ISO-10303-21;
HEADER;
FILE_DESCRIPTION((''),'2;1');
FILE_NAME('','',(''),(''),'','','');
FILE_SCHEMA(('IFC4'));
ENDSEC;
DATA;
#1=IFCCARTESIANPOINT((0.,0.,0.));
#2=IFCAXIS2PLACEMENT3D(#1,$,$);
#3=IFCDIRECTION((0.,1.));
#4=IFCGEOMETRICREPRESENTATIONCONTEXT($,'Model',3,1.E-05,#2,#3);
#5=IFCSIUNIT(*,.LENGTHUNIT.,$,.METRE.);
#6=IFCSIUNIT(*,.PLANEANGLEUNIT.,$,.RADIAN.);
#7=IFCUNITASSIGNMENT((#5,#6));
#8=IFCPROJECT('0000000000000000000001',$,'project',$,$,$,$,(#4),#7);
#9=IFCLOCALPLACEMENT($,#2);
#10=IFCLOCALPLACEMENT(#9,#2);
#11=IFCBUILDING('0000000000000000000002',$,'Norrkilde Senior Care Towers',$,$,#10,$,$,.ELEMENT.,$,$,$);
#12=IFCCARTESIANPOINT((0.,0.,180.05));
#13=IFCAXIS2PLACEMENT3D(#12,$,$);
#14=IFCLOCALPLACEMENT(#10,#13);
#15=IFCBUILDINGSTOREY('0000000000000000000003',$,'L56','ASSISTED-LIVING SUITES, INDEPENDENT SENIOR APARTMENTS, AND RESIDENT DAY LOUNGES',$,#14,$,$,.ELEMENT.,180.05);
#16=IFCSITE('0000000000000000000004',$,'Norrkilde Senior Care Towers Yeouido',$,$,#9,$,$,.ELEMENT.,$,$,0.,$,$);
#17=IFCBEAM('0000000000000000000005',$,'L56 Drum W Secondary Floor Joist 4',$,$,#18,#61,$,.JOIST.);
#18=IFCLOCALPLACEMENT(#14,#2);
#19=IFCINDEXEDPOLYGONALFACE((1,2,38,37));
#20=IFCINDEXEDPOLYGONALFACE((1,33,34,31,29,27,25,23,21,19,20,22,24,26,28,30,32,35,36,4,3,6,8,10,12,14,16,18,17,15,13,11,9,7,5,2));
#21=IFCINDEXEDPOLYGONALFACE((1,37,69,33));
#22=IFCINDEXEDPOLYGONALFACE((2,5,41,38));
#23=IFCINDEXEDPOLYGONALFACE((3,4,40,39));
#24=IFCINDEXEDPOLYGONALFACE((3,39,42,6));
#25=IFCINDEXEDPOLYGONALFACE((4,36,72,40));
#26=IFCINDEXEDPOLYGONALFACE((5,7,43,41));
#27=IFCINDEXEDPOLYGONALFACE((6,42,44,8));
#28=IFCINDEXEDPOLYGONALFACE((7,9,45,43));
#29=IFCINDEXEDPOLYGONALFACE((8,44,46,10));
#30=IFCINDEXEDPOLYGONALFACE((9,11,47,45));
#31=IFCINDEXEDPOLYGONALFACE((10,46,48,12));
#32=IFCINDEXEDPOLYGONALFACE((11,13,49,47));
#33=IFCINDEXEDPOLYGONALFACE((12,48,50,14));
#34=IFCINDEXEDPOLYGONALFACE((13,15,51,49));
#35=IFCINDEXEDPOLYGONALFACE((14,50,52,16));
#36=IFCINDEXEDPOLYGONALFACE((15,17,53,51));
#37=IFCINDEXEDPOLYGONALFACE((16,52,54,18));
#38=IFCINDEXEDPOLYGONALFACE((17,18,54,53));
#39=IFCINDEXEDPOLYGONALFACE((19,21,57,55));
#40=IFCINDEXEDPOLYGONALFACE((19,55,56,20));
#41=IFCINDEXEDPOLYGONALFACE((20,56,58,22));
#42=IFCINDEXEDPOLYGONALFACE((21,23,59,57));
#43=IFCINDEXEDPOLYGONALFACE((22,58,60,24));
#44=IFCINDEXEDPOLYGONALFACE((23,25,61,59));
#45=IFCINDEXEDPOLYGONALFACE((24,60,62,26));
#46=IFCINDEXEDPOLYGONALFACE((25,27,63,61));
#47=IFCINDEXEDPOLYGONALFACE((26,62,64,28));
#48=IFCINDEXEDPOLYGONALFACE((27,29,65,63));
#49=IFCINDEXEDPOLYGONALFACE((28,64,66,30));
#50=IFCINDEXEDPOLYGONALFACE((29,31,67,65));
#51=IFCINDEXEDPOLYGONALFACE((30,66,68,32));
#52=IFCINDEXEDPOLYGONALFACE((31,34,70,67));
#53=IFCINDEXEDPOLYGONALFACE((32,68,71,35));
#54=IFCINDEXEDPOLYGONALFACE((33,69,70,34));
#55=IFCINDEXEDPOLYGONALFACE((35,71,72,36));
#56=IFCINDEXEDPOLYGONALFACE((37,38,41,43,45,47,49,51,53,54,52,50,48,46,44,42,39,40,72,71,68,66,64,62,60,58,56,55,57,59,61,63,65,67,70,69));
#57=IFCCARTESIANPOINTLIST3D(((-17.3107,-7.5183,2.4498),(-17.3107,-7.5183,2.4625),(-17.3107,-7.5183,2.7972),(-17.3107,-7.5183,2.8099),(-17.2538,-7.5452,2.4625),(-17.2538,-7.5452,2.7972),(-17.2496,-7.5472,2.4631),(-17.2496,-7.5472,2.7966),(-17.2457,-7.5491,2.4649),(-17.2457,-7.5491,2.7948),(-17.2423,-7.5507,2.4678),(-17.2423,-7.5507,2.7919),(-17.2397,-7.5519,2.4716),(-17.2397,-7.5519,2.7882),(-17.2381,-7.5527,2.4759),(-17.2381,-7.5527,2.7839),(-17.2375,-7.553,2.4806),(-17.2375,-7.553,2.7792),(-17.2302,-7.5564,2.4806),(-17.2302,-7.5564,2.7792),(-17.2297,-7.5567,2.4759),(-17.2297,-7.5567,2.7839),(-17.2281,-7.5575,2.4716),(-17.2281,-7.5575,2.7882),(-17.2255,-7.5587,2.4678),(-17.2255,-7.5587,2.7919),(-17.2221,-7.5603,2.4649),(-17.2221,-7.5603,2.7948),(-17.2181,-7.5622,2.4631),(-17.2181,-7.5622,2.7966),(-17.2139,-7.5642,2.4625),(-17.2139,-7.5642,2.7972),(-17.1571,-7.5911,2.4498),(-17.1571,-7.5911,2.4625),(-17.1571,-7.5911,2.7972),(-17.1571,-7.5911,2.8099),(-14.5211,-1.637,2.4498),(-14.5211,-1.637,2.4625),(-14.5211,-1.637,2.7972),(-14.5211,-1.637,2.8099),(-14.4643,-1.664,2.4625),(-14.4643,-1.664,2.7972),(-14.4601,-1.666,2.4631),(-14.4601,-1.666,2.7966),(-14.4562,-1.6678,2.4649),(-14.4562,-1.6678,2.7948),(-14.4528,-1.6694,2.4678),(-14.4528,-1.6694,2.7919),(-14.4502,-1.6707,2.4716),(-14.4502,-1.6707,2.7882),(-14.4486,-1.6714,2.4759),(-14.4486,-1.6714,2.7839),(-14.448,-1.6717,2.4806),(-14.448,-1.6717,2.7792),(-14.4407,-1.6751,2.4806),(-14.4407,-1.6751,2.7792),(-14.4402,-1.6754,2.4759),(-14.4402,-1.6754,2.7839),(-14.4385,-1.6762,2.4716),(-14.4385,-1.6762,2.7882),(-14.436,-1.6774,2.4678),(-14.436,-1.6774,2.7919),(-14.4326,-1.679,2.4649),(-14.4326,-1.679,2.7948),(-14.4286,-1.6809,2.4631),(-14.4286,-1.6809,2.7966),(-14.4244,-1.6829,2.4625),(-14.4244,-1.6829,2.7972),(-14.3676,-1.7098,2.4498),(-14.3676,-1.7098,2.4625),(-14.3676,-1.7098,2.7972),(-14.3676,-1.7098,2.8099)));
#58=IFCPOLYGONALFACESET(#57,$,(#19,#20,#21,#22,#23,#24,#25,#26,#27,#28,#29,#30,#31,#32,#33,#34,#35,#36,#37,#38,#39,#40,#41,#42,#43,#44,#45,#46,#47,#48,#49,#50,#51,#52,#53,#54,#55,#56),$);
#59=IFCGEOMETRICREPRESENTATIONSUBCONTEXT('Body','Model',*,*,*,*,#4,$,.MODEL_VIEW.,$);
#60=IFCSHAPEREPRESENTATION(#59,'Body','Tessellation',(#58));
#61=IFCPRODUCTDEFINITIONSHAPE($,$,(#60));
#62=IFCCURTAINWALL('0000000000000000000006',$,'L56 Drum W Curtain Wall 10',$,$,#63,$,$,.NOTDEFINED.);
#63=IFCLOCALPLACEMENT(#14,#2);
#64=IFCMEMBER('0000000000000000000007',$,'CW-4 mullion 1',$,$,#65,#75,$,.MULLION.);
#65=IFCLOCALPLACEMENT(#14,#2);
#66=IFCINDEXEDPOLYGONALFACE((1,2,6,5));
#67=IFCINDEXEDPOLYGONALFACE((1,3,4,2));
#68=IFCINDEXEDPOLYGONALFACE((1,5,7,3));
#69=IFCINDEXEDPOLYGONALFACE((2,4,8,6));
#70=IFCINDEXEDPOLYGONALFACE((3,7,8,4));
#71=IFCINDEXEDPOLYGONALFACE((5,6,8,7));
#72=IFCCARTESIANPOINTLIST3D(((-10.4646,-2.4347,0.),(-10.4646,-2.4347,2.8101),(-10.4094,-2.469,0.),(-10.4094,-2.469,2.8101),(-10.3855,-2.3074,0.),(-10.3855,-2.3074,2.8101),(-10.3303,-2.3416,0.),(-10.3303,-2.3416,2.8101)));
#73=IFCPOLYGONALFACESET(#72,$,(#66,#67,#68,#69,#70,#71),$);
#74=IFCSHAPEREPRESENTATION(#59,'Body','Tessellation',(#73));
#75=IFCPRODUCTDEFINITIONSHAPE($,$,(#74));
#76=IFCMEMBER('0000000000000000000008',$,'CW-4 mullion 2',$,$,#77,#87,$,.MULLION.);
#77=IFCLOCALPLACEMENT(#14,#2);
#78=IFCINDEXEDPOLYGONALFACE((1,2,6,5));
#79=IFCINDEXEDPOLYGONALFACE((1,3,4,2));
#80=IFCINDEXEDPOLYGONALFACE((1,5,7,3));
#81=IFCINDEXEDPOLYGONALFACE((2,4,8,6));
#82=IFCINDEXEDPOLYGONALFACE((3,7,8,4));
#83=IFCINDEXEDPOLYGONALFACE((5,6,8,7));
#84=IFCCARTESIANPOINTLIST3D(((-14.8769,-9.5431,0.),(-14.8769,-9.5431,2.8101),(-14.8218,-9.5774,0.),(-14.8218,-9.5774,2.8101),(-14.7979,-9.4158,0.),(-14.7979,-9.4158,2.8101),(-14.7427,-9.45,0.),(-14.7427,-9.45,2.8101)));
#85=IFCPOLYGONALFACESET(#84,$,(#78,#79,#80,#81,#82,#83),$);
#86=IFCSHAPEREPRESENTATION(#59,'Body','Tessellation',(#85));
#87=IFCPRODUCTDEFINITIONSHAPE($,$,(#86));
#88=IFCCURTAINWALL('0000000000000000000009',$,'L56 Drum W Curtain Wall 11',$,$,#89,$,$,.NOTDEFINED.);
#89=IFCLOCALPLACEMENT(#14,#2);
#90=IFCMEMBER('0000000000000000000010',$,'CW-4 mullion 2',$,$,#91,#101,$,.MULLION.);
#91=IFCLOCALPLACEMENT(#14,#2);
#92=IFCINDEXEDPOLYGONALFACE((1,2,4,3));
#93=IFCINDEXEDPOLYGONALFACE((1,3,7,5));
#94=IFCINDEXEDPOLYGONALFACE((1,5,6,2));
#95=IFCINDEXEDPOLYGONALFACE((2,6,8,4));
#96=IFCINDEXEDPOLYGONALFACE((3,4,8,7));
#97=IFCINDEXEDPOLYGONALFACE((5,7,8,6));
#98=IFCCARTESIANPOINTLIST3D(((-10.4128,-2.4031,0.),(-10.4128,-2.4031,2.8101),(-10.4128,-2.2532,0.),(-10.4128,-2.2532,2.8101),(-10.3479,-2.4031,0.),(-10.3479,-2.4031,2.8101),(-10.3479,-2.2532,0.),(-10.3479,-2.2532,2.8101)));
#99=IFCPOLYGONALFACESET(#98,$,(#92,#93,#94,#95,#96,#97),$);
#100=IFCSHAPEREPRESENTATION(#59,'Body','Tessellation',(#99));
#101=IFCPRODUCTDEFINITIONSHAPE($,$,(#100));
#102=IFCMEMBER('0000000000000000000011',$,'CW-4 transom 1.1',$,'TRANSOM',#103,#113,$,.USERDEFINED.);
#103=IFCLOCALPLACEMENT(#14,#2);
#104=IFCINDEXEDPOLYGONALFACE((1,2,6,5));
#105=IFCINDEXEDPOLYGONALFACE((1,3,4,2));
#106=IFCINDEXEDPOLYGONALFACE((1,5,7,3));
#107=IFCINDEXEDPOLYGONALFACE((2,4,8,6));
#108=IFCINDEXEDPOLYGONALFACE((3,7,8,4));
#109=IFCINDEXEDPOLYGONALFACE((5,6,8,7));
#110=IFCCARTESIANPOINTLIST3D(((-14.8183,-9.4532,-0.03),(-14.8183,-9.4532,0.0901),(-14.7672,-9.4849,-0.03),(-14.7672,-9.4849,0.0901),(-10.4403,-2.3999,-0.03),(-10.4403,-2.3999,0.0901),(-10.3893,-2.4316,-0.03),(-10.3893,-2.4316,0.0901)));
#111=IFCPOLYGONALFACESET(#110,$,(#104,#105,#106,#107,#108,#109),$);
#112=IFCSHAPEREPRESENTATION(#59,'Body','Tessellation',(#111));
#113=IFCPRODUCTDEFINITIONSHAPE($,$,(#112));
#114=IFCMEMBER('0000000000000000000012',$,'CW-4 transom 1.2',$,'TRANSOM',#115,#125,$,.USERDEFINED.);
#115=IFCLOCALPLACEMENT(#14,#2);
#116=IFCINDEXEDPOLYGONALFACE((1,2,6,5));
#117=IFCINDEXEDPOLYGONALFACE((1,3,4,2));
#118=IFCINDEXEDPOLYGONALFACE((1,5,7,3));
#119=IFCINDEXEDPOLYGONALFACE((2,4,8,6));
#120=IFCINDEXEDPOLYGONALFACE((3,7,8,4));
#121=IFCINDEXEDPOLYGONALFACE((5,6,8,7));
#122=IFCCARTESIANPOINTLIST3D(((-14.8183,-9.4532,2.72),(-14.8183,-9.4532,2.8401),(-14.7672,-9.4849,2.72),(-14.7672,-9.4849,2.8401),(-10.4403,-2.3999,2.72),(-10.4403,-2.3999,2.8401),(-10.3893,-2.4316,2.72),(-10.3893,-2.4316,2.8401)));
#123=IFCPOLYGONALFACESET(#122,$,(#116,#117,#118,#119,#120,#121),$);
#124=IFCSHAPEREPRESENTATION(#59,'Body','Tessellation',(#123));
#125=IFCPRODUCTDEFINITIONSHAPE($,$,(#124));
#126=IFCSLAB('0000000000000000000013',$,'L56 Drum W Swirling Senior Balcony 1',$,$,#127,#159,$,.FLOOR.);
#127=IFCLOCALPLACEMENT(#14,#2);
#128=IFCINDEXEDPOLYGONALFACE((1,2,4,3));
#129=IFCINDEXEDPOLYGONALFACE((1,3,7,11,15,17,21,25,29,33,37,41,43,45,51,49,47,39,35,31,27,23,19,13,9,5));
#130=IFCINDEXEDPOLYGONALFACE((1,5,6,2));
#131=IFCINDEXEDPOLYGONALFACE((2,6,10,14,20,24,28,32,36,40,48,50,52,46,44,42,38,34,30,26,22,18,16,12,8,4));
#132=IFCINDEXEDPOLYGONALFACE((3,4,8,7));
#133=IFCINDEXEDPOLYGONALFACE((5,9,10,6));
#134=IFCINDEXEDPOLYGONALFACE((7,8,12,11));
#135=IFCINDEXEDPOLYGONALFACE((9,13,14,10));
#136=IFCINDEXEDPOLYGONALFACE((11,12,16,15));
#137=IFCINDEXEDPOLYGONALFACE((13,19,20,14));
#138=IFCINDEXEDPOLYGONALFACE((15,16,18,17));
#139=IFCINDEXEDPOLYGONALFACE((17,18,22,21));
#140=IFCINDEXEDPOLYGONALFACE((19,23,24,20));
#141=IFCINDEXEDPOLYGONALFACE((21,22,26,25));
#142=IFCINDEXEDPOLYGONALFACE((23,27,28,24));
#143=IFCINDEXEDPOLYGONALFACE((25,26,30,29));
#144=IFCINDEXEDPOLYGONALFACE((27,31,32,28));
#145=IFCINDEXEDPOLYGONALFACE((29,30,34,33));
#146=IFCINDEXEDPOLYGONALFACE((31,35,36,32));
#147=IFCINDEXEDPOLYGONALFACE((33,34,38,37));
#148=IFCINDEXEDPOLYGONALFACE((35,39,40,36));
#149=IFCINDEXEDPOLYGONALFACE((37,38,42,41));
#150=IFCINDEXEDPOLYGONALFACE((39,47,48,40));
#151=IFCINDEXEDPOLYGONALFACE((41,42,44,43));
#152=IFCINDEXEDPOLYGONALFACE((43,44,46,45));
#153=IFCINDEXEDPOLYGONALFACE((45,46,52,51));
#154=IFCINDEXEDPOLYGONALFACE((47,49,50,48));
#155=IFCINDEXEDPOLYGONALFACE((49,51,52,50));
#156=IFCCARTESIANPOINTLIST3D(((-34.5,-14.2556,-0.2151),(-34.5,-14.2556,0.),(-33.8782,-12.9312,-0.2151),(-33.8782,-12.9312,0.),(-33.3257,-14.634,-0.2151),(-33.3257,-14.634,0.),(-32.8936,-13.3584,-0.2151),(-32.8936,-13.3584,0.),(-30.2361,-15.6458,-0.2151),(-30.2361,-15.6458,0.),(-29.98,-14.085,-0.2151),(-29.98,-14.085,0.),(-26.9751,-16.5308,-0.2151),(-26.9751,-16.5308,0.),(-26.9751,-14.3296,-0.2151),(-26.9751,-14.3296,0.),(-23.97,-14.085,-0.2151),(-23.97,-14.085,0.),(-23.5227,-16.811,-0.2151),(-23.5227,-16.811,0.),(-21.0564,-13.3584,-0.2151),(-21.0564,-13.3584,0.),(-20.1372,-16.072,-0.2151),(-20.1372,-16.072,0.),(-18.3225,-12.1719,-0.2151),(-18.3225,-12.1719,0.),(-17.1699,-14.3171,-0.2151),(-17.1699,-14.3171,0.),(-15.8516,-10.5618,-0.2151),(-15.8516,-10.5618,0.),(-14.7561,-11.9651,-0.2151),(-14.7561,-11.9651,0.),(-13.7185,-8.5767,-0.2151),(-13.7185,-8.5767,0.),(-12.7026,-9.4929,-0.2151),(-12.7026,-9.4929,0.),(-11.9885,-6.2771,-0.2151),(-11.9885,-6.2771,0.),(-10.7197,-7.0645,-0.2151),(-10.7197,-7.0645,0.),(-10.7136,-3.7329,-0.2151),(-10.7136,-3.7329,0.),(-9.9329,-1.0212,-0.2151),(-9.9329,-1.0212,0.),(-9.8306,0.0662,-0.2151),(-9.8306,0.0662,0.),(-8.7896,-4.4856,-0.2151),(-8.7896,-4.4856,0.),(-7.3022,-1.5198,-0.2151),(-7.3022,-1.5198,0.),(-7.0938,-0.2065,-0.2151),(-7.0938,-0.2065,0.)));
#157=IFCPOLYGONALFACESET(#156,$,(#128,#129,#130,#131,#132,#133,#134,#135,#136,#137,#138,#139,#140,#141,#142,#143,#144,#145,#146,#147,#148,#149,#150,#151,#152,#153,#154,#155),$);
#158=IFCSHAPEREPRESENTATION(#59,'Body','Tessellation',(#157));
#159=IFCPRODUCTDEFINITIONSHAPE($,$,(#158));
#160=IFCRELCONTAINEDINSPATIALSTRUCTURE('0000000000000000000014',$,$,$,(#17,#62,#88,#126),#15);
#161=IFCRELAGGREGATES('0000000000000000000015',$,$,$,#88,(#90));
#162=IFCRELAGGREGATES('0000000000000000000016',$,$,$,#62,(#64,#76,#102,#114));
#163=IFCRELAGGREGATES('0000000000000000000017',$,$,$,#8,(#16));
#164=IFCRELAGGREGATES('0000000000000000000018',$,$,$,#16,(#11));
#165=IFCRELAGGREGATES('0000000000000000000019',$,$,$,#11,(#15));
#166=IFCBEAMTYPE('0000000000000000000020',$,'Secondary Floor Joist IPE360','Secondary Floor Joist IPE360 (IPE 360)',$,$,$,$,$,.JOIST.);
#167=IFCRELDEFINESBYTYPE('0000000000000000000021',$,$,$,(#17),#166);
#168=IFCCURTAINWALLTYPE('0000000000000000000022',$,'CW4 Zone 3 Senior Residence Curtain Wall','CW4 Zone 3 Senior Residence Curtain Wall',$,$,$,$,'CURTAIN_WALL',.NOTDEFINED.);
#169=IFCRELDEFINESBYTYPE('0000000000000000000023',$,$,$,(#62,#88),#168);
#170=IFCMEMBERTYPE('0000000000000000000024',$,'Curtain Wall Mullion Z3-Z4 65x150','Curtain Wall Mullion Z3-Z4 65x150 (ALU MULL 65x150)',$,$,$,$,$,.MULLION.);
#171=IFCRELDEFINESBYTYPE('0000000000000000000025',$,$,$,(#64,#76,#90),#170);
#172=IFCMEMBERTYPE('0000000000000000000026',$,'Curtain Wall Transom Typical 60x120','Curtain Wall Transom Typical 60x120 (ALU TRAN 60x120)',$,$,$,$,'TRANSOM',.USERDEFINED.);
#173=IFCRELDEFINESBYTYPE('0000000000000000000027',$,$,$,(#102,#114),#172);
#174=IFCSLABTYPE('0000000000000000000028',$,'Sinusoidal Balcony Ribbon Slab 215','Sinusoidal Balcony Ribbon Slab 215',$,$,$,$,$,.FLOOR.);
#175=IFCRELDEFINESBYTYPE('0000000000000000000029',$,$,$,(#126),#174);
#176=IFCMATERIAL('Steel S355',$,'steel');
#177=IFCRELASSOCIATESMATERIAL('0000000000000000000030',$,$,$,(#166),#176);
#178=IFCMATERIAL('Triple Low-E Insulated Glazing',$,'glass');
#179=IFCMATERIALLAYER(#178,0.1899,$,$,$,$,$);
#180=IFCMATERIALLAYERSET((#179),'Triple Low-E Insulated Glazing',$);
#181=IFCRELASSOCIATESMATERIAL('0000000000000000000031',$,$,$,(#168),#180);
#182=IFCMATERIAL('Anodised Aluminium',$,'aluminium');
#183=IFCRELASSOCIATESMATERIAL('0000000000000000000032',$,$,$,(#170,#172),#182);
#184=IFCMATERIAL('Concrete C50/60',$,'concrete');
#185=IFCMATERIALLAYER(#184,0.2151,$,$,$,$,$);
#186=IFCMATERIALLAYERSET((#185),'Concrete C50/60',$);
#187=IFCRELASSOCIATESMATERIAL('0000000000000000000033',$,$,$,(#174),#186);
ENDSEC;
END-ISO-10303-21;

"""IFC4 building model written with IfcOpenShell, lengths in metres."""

from ifc_helpers import new_model, si_unit, direction, frame, origin, origin_2d, place, context, subcontext, project, spatial, polyline, rectangle, i_section, outline, extrude, source, transform, mapped, material, layer, layer_set, material_profile, profile_set, type_object, type_shapes, element, aggregate, save


model = new_model("IFC4")

# Units and contexts
model_context = context("Model", 3, precision=1e-05, world=origin(), true_north=direction((0.0, 1.0)))
body_context = subcontext(model_context, "Body", "Model", "MODEL_VIEW")
ifc_project = project(units=[si_unit("LENGTHUNIT", "METRE"), si_unit("PLANEANGLEUNIT", "RADIAN")], contexts=[model_context])

# Site, building, storey
site_placement = place(None, origin())
site = spatial("IfcSite", under=ifc_project, at=site_placement, Name="Norrkilde Senior Care Towers Yeouido", CompositionType="ELEMENT", RefElevation=0.0)
building_placement = place(site_placement, origin())
building = spatial("IfcBuilding", under=site, at=building_placement, Name="Norrkilde Senior Care Towers", CompositionType="ELEMENT")
storey_placement = place(building_placement, frame((0.0, 0.0, 180.05)))
storey = spatial("IfcBuildingStorey", under=building, at=storey_placement, Name="L56", Description="ASSISTED-LIVING SUITES, INDEPENDENT SENIOR APARTMENTS, AND RESIDENT DAY LOUNGES", CompositionType="ELEMENT", Elevation=180.05)

# Shared definitions
ifc_material_1 = material(Name="Concrete C50/60", Category="concrete")

# Beam
ifc_material_2 = material(Name="Steel S355", Category="steel")
ifc_material_profile_1 = material_profile(ifc_material_2, i_section(OverallWidth=0.1699, OverallDepth=0.3601, WebThickness=0.0081, FlangeThickness=0.0127, FilletRadius=0.0181, at=origin_2d()), Name="IPE 360")
ifc_profile_set_1 = profile_set([ifc_material_profile_1], Name="Steel S355")
beam_type_1 = type_object("IfcBeamType", Name="Secondary Floor Joist IPE360", Description="Secondary Floor Joist IPE360 (IPE 360)", PredefinedType="JOIST", material=ifc_profile_set_1)
shared_shape_1 = source(origin(), body_context, "Body", "SweptSolid", [
    extrude(i_section(OverallWidth=0.1699, OverallDepth=0.3601, WebThickness=0.0081, FlangeThickness=0.0127, FilletRadius=0.0181, at=origin_2d()), origin(), (0.0, 0.0, 1.0), 6.5093),
])
type_shapes(beam_type_1, [shared_shape_1])
beam_1_placement = place(storey_placement, frame((-17.2339, -7.5547, 2.6299), z_axis=(0.428544, 0.903521, 0.0), x_axis=(-0.903521, 0.428544, 0.0)))
element("IfcBeam", 1, at=beam_1_placement, inside=storey, type_object=beam_type_1, Name="L56 Drum W Secondary Floor Joist 4", PredefinedType="JOIST", context=body_context, shape_type="MappedRepresentation", body=[
    mapped(shared_shape_1, transform((0.0, 0.0, 0.0), x_axis=(1.0, 0.0, 0.0), y_axis=(0.0, 1.0, 0.0), z_axis=(0.0, 0.0, 1.0), scale=1.0)),
])

# Curtain wall, members
ifc_material_3 = material(Name="Triple Low-E Insulated Glazing", Category="glass")
ifc_layer_1 = layer(ifc_material_3, 0.1899)
ifc_layer_set_1 = layer_set([ifc_layer_1], Name="Triple Low-E Insulated Glazing")
curtain_wall_type = type_object("IfcCurtainWallType", Name="CW4 Zone 3 Senior Residence Curtain Wall", Description="CW4 Zone 3 Senior Residence Curtain Wall", ElementType="CURTAIN_WALL", PredefinedType="NOTDEFINED", material=ifc_layer_set_1)
curtain_wall_1_placement = place(storey_placement, origin())
curtain_wall_1 = element("IfcCurtainWall", 2, at=curtain_wall_1_placement, inside=storey, type_object=curtain_wall_type, Name="L56 Drum W Curtain Wall 10", PredefinedType="NOTDEFINED")
ifc_material_4 = material(Name="Anodised Aluminium", Category="aluminium")
ifc_material_profile_2 = material_profile(ifc_material_4, rectangle(XDim=0.0649, YDim=0.1499, at=origin_2d()), Name="ALU MULL 65x150")
ifc_profile_set_2 = profile_set([ifc_material_profile_2], Name="Anodised Aluminium")
member_type_1 = type_object("IfcMemberType", Name="Curtain Wall Mullion Z3-Z4 65x150", Description="Curtain Wall Mullion Z3-Z4 65x150 (ALU MULL 65x150)", PredefinedType="MULLION", material=ifc_profile_set_2)
shared_shape_2 = source(origin(), body_context, "Body", "SweptSolid", [
    extrude(rectangle(XDim=0.0649, YDim=0.1499, at=origin_2d()), origin(), (0.0, 0.0, 1.0), 2.8101),
])
type_shapes(member_type_1, [shared_shape_2])
member_1_placement = place(storey_placement, frame((-10.3975, -2.3882, 0.0), z_axis=(0.0, 0.0, 1.0), x_axis=(0.849634, -0.527373, 0.0)))
member_1 = element("IfcMember", 3, at=member_1_placement, type_object=member_type_1, Name="CW-4 mullion 1", PredefinedType="MULLION", context=body_context, shape_type="MappedRepresentation", body=[
    mapped(shared_shape_2, transform((0.0, 0.0, 0.0), x_axis=(1.0, 0.0, 0.0), y_axis=(0.0, 1.0, 0.0), z_axis=(0.0, 0.0, 1.0), scale=1.0)),
])
member_2_placement = place(storey_placement, frame((-14.8098, -9.4966, 0.0), z_axis=(0.0, 0.0, 1.0), x_axis=(0.849634, -0.527373, 0.0)))
member_2 = element("IfcMember", 4, at=member_2_placement, type_object=member_type_1, Name="CW-4 mullion 2", PredefinedType="MULLION", context=body_context, shape_type="MappedRepresentation", body=[
    mapped(shared_shape_2, transform((0.0, 0.0, 0.0), x_axis=(1.0, 0.0, 0.0), y_axis=(0.0, 1.0, 0.0), z_axis=(0.0, 0.0, 1.0), scale=1.0)),
])

# Curtain wall, member
curtain_wall_2_placement = place(storey_placement, origin())
curtain_wall_2 = element("IfcCurtainWall", 5, at=curtain_wall_2_placement, inside=storey, type_object=curtain_wall_type, Name="L56 Drum W Curtain Wall 11", PredefinedType="NOTDEFINED")
member_3_placement = place(storey_placement, frame((-10.3804, -2.3281, 0.0), z_axis=(0.0, 0.0, 1.0), x_axis=(1.0, 0.0, 0.0)))
member_3 = element("IfcMember", 6, at=member_3_placement, type_object=member_type_1, Name="CW-4 mullion 2", PredefinedType="MULLION", context=body_context, shape_type="MappedRepresentation", body=[
    mapped(shared_shape_2, transform((0.0, 0.0, 0.0), x_axis=(1.0, 0.0, 0.0), y_axis=(0.0, 1.0, 0.0), z_axis=(0.0, 0.0, 1.0), scale=1.0)),
])
aggregate(curtain_wall_2, [member_3])

# Members
ifc_material_profile_3 = material_profile(ifc_material_4, rectangle(XDim=0.0601, YDim=0.1201, at=origin_2d()), Name="ALU TRAN 60x120")
ifc_profile_set_3 = profile_set([ifc_material_profile_3], Name="Anodised Aluminium")
member_type_2 = type_object("IfcMemberType", Name="Curtain Wall Transom Typical 60x120", Description="Curtain Wall Transom Typical 60x120 (ALU TRAN 60x120)", ElementType="TRANSOM", PredefinedType="USERDEFINED", material=ifc_profile_set_3)
shared_shape_3 = source(origin(), body_context, "Body", "SweptSolid", [
    extrude(rectangle(XDim=0.0601, YDim=0.1201, at=origin_2d()), origin(), (0.0, 0.0, 1.0), 8.3015),
])
type_shapes(member_type_2, [shared_shape_3])
member_4_placement = place(storey_placement, frame((-10.4148, -2.4158, 0.03), z_axis=(-0.527369, -0.849637, 0.0), x_axis=(0.849637, -0.527369, 0.0)))
member_4 = element("IfcMember", 7, at=member_4_placement, type_object=member_type_2, Name="CW-4 transom 1.1", ObjectType="TRANSOM", PredefinedType="USERDEFINED", context=body_context, shape_type="MappedRepresentation", body=[
    mapped(shared_shape_3, transform((0.0, 0.0, 0.0), x_axis=(1.0, 0.0, 0.0), y_axis=(0.0, 1.0, 0.0), z_axis=(0.0, 0.0, 1.0), scale=1.0)),
])
member_5_placement = place(storey_placement, frame((-10.4148, -2.4158, 2.78), z_axis=(-0.527369, -0.849637, 0.0), x_axis=(0.849637, -0.527369, 0.0)))
member_5 = element("IfcMember", 8, at=member_5_placement, type_object=member_type_2, Name="CW-4 transom 1.2", ObjectType="TRANSOM", PredefinedType="USERDEFINED", context=body_context, shape_type="MappedRepresentation", body=[
    mapped(shared_shape_3, transform((0.0, 0.0, 0.0), x_axis=(1.0, 0.0, 0.0), y_axis=(0.0, 1.0, 0.0), z_axis=(0.0, 0.0, 1.0), scale=1.0)),
])

# Slab
ifc_layer_2 = layer(ifc_material_1, 0.2151)
ifc_layer_set_2 = layer_set([ifc_layer_2], Name="Concrete C50/60")
slab_type_1 = type_object("IfcSlabType", Name="Sinusoidal Balcony Ribbon Slab 215", Description="Sinusoidal Balcony Ribbon Slab 215", PredefinedType="FLOOR", material=ifc_layer_set_2)
slab_1_placement = place(storey_placement, frame((0.0, 0.0, -0.2151)))
element("IfcSlab", 9, at=slab_1_placement, inside=storey, type_object=slab_type_1, Name="L56 Drum W Swirling Senior Balcony 1", PredefinedType="FLOOR", context=body_context, shape_type="SweptSolid", body=[
    extrude(outline(polyline([(-10.7197, -7.0645), (-12.7026, -9.4929), (-14.7561, -11.9651), (-17.1699, -14.3171), (-20.1372, -16.072), (-23.5227, -16.811), (-26.9751, -16.5308), (-30.2361, -15.6458), (-33.3257, -14.634), (-34.5, -14.2556), (-33.8782, -12.9312), (-32.8936, -13.3584), (-29.98, -14.085), (-26.9751, -14.3296), (-23.97, -14.085), (-21.0564, -13.3584), (-18.3225, -12.1719), (-15.8516, -10.5618), (-13.7185, -8.5767), (-11.9885, -6.2771), (-10.7136, -3.7329), (-9.9329, -1.0212), (-9.8306, 0.0662), (-7.0938, -0.2065), (-7.3022, -1.5198), (-8.7896, -4.4856), (-10.7197, -7.0645)])), origin(), (0.0, 0.0, 1.0), 0.2151),
])

aggregate(curtain_wall_1, [member_1, member_2, member_4, member_5])

save(model, "model.ifc")
